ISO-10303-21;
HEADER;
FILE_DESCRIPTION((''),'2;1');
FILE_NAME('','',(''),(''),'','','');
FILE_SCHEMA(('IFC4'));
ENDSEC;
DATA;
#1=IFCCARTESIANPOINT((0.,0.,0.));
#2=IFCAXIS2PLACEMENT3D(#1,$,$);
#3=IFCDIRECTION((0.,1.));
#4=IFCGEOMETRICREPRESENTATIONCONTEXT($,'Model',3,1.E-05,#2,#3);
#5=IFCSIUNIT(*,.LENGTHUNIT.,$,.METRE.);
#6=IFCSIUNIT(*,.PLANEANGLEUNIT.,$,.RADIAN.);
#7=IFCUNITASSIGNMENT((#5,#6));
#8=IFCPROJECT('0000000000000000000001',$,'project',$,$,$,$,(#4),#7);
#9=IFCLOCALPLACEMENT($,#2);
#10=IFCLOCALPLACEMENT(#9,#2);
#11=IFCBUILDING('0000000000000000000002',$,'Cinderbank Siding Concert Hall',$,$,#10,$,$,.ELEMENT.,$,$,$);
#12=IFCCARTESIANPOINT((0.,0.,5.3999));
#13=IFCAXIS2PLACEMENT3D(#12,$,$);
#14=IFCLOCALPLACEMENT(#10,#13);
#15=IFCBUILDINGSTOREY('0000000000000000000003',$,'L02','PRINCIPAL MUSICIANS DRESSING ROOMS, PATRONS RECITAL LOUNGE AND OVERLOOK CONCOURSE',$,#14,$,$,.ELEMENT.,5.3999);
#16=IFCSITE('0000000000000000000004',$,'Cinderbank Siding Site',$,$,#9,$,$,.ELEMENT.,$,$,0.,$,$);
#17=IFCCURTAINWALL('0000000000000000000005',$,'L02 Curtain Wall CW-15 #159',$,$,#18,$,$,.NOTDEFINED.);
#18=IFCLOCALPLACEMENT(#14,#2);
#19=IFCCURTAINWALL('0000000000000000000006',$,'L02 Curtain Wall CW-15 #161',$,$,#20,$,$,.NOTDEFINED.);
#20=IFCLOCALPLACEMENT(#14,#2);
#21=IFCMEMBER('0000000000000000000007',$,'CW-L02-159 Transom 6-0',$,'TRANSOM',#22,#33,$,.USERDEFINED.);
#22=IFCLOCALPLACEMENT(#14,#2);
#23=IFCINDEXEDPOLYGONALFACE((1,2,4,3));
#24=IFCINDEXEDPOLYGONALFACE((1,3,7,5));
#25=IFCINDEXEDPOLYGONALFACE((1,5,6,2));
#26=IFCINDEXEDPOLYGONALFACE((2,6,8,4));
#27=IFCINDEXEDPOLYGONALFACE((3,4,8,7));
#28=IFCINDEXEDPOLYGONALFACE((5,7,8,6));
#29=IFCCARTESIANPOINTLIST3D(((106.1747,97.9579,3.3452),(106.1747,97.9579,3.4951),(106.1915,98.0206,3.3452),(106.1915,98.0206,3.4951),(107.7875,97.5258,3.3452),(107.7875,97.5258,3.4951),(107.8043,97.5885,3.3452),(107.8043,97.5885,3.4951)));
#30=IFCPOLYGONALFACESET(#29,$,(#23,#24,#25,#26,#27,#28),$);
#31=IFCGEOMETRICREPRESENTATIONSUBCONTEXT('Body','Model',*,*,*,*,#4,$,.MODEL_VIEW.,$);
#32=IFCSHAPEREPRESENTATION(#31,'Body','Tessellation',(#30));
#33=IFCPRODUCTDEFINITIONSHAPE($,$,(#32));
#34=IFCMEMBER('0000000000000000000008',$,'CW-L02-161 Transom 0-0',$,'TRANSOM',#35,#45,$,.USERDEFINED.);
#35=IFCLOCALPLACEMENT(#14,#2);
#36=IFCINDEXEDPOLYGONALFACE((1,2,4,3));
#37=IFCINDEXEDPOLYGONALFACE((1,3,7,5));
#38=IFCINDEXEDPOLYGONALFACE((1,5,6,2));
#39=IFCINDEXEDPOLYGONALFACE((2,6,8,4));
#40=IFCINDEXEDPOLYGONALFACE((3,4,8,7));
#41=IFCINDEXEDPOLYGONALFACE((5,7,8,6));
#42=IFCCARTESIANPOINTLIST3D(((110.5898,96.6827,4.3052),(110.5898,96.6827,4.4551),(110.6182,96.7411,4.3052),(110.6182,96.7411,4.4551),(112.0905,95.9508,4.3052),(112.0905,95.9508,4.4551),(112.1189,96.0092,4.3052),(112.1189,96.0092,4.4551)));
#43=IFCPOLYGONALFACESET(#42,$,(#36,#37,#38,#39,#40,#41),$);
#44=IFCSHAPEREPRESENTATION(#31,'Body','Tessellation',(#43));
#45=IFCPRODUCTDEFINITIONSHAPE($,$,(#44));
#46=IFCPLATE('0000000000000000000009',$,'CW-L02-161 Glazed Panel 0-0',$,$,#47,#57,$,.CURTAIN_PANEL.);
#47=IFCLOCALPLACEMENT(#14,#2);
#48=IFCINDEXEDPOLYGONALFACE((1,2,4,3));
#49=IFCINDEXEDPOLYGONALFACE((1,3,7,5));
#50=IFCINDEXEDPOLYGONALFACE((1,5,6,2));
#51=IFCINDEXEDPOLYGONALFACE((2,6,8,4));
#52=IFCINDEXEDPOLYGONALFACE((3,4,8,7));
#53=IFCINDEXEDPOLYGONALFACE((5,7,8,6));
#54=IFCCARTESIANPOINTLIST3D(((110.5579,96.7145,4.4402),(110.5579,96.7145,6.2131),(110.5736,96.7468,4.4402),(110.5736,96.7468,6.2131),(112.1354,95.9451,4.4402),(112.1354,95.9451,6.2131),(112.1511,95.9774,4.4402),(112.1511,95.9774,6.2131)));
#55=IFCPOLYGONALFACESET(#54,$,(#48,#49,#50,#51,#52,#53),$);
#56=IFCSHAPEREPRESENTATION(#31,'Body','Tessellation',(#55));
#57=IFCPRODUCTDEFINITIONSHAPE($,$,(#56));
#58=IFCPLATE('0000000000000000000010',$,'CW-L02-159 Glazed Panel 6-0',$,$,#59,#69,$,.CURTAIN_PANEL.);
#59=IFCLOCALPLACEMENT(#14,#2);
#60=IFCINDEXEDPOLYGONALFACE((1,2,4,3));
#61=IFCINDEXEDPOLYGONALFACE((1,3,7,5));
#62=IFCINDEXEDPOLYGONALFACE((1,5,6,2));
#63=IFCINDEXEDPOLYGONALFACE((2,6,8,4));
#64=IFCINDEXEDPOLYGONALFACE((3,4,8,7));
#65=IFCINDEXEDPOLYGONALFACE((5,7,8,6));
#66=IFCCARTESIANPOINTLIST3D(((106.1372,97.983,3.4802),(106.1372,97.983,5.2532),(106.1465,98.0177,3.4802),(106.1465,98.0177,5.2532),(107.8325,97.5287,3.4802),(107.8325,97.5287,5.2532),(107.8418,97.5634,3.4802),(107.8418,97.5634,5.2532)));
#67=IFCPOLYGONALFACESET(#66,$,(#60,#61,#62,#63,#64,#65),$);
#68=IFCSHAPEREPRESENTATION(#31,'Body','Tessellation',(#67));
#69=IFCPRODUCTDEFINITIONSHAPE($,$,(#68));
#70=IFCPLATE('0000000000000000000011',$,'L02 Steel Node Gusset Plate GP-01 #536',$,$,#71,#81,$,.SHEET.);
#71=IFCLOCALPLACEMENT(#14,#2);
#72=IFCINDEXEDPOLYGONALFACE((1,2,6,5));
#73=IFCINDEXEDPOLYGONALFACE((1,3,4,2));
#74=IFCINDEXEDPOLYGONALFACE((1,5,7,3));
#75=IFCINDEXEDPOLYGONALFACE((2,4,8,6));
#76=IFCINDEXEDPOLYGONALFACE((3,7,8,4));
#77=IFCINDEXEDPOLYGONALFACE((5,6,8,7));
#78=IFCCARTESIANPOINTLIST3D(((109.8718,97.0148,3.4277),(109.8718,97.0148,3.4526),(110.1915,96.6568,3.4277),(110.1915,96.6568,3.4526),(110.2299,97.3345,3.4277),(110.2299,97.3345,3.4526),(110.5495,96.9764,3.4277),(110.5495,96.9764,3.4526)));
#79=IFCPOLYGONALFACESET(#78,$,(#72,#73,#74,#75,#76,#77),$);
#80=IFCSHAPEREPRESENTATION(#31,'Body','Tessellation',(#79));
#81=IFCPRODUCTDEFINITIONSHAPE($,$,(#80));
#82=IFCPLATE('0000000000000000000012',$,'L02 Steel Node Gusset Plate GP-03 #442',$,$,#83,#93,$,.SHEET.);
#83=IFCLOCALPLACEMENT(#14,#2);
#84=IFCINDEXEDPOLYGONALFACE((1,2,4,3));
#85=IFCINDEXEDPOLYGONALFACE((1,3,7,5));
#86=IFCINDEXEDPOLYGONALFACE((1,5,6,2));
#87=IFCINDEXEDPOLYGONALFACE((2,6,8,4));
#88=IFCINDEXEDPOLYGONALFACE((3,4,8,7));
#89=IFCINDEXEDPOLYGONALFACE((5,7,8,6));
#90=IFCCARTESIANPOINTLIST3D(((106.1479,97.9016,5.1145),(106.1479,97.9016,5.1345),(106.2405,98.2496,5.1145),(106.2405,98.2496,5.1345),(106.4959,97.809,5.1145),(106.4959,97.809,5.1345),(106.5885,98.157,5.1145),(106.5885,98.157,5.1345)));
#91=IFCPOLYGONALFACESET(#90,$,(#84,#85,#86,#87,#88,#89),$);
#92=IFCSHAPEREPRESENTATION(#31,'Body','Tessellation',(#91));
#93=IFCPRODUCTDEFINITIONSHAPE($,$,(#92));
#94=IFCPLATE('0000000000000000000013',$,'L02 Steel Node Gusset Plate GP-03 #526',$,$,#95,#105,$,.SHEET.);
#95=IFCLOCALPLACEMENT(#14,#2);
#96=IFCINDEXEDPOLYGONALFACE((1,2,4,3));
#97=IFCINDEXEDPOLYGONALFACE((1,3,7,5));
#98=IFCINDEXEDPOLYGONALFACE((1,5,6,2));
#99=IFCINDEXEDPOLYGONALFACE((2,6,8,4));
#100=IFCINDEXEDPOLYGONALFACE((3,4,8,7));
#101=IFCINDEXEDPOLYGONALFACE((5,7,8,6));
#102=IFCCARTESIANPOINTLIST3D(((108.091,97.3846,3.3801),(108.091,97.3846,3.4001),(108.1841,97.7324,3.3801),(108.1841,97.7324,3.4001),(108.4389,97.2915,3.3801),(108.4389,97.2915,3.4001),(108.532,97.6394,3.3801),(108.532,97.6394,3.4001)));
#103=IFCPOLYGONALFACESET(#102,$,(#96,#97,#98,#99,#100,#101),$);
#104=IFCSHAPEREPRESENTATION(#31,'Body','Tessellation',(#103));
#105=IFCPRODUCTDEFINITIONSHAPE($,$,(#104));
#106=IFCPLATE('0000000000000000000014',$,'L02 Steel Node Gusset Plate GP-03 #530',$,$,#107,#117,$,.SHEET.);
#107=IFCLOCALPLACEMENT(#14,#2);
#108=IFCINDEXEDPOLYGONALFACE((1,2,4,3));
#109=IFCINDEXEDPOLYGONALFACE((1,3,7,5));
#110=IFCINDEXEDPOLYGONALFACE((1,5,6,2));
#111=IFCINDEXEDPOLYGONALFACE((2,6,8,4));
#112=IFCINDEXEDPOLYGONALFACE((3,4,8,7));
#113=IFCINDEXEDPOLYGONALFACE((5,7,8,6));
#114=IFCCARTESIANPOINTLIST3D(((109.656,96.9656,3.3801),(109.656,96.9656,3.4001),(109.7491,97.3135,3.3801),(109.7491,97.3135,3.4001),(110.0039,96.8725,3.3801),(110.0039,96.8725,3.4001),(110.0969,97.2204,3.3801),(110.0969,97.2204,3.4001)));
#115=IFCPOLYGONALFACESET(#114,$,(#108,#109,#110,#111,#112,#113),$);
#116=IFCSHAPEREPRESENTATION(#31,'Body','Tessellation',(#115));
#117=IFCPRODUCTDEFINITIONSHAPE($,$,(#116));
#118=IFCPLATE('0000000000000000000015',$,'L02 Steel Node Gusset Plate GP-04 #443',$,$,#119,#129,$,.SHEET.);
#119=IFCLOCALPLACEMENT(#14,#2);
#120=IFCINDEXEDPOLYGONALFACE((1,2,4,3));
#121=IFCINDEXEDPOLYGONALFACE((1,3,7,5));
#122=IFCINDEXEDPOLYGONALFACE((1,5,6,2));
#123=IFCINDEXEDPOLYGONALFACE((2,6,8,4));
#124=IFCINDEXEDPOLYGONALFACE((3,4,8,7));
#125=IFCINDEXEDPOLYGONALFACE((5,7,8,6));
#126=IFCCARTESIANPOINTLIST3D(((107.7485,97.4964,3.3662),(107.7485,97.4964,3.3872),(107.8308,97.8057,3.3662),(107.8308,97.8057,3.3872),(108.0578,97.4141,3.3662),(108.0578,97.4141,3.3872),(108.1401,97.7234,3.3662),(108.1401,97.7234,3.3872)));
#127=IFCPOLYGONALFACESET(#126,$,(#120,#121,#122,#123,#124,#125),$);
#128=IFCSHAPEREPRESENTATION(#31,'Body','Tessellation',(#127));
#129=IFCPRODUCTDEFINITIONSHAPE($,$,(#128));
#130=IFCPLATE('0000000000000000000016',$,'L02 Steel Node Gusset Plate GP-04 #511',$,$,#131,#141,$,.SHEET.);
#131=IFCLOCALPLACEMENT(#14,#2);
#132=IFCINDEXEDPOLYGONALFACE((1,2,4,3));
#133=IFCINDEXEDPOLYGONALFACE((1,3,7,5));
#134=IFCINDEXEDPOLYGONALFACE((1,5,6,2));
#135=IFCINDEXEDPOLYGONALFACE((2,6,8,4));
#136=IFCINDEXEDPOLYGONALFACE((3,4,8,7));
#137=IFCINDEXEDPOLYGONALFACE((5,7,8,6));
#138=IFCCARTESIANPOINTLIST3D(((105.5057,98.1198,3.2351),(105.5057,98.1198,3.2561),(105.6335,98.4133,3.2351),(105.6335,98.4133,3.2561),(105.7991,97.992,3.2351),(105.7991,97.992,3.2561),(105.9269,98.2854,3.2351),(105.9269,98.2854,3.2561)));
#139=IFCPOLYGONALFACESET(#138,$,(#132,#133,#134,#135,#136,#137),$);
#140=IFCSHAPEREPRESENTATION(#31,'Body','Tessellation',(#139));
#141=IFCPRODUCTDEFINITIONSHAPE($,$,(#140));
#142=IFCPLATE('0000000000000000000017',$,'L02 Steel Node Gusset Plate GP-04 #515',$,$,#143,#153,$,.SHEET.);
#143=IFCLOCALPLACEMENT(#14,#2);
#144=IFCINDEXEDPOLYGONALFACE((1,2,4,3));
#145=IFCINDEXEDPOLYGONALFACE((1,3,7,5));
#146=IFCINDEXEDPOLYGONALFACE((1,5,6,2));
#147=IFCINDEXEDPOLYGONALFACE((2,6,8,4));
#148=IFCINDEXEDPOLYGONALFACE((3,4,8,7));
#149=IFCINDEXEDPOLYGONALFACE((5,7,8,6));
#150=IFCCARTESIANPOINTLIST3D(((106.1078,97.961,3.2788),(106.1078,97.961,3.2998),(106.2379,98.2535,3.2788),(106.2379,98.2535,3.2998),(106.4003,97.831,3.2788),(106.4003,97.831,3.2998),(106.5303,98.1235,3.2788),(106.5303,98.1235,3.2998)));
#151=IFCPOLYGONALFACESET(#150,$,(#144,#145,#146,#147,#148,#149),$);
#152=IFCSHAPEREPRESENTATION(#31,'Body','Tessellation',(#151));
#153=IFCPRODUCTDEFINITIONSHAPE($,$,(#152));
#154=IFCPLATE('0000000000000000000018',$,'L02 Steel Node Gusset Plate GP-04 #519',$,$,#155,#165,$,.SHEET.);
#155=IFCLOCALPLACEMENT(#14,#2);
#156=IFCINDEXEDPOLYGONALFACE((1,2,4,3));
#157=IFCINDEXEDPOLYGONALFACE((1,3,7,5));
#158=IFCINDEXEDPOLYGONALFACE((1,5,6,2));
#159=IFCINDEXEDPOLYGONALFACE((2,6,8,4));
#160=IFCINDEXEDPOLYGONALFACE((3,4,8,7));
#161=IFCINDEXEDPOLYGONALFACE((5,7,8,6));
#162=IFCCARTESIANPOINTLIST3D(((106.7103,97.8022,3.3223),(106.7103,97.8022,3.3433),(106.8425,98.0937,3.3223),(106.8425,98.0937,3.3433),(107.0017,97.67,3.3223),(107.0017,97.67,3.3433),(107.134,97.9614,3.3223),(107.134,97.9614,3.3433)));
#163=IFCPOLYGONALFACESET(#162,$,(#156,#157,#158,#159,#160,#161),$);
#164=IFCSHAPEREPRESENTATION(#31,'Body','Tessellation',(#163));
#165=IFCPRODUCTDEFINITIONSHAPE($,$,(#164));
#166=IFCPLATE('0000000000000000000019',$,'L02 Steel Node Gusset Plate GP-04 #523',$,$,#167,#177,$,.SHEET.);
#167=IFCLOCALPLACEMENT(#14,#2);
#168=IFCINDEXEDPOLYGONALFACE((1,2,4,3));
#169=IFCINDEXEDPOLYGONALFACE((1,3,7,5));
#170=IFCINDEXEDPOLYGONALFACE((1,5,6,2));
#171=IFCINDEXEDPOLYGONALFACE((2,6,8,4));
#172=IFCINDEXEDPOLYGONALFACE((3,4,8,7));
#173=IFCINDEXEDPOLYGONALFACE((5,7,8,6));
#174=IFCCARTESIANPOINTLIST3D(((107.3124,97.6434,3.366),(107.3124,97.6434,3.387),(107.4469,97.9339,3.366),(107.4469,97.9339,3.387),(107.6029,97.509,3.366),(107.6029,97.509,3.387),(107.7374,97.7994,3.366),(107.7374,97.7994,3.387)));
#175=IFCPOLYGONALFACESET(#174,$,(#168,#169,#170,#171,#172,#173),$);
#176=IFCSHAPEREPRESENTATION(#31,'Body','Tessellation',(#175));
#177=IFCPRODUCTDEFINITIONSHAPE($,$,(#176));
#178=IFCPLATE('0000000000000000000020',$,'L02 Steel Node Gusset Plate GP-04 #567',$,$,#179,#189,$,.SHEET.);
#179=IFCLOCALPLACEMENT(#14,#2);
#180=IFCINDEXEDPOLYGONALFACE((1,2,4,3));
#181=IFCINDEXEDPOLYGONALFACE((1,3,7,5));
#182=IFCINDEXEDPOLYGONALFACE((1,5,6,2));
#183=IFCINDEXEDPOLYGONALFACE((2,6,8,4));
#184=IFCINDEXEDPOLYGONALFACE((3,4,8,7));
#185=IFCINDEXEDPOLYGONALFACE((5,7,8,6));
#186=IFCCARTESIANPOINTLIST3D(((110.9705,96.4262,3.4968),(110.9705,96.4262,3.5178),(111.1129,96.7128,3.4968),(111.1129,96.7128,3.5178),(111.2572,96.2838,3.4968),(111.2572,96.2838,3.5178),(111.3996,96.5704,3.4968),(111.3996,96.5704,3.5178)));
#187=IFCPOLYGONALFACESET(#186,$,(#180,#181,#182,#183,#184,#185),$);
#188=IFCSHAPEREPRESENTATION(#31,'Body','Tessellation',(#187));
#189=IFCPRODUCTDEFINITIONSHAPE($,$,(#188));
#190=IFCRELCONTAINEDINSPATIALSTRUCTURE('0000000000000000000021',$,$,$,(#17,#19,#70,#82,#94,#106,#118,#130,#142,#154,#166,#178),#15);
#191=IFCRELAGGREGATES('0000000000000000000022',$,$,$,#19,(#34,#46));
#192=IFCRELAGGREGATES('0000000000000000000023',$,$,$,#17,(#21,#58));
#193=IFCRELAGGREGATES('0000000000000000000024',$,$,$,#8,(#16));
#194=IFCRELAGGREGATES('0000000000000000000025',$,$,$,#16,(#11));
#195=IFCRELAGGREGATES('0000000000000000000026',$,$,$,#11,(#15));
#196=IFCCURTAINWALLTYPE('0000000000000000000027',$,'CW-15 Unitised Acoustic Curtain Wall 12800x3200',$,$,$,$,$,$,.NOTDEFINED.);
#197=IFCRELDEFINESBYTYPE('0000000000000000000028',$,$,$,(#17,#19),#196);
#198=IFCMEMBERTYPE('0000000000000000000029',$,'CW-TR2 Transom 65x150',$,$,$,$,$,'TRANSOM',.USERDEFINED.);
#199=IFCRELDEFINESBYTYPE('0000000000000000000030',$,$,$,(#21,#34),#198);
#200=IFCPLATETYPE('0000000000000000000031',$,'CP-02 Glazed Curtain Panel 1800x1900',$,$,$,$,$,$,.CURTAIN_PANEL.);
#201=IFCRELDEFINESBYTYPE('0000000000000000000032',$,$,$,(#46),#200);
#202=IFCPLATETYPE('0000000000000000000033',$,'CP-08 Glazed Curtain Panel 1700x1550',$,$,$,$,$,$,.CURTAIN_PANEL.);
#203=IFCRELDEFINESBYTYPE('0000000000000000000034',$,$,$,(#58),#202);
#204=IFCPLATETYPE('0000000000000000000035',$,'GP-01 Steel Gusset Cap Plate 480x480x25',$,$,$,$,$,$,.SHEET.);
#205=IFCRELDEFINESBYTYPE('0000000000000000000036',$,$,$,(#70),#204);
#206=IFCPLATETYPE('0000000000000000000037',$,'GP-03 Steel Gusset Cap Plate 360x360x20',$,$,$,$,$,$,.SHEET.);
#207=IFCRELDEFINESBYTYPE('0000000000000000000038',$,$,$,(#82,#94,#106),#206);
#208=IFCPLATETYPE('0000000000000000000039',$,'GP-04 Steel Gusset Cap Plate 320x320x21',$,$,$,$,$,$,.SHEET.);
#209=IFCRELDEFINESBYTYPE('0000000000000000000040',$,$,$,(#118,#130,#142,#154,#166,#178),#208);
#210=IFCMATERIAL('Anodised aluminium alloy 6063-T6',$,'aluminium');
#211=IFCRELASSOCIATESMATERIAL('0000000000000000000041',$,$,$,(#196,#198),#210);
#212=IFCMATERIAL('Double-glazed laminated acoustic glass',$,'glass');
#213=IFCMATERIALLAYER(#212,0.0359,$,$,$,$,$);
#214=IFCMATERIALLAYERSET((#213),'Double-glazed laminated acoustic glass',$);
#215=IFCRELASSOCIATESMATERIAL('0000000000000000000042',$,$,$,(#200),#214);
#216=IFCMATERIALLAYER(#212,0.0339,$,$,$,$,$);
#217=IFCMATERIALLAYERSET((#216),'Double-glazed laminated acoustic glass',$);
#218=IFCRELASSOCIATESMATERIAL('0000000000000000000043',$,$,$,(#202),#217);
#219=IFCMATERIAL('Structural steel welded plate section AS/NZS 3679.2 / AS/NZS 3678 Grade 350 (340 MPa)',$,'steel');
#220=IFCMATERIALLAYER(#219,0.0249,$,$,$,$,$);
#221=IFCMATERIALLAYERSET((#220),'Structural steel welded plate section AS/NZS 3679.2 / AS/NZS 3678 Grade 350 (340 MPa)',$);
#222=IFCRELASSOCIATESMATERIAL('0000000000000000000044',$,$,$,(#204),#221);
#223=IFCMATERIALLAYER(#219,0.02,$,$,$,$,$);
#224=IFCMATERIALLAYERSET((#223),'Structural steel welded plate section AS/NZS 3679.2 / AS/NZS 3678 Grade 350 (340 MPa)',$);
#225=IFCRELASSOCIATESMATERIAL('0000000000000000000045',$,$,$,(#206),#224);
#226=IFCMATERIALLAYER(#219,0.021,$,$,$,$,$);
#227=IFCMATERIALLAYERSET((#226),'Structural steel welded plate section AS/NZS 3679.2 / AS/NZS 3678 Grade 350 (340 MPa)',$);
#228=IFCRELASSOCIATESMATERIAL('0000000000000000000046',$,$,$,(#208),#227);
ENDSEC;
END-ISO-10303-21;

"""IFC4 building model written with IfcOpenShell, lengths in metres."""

from ifc_helpers import new_model, si_unit, direction, frame, origin, origin_2d, place, context, subcontext, project, spatial, rectangle, extrude, material, layer, layer_set, material_profile, profile_set, type_object, element, aggregate, save


model = new_model("IFC4")

# Units and contexts
model_context = context("Model", 3, precision=1e-05, world=origin(), true_north=direction((0.0, 1.0)))
body_context = subcontext(model_context, "Body", "Model", "MODEL_VIEW")
ifc_project = project(units=[si_unit("LENGTHUNIT", "METRE"), si_unit("PLANEANGLEUNIT", "RADIAN")], contexts=[model_context])

# Site, building, storey
site_placement = place(None, origin())
site = spatial("IfcSite", under=ifc_project, at=site_placement, Name="Cinderbank Siding Site", CompositionType="ELEMENT", RefElevation=0.0)
building_placement = place(site_placement, origin())
building = spatial("IfcBuilding", under=site, at=building_placement, Name="Cinderbank Siding Concert Hall", CompositionType="ELEMENT")
storey_placement = place(building_placement, frame((0.0, 0.0, 5.3999)))
storey = spatial("IfcBuildingStorey", under=building, at=storey_placement, Name="L02", Description="PRINCIPAL MUSICIANS DRESSING ROOMS, PATRONS RECITAL LOUNGE AND OVERLOOK CONCOURSE", CompositionType="ELEMENT", Elevation=5.3999)

# Shared definitions
ifc_material_1 = material(Name="Structural steel welded plate section AS/NZS 3679.2 / AS/NZS 3678 Grade 350 (340 MPa)", Category="steel")

# Curtain wall
ifc_material_2 = material(Name="Anodised aluminium alloy 6063-T6", Category="aluminium")
curtain_wall_type = type_object("IfcCurtainWallType", Name="CW-15 Unitised Acoustic Curtain Wall 12800x3200", PredefinedType="NOTDEFINED", material=ifc_material_2)
curtain_wall_1_placement = place(storey_placement, origin())
curtain_wall_1 = element("IfcCurtainWall", 1, at=curtain_wall_1_placement, inside=storey, type_object=curtain_wall_type, Name="L02 Curtain Wall CW-15 #159", PredefinedType="NOTDEFINED")

# Curtain wall
curtain_wall_2_placement = place(storey_placement, origin())
curtain_wall_2 = element("IfcCurtainWall", 2, at=curtain_wall_2_placement, inside=storey, type_object=curtain_wall_type, Name="L02 Curtain Wall CW-15 #161", PredefinedType="NOTDEFINED")

# Members
ifc_material_profile_1 = material_profile(ifc_material_2, rectangle(XDim=0.0649, YDim=0.1499, at=origin_2d()), Name="ALU-TRAN-65x150", Category="LoadBearing")
ifc_profile_set_1 = profile_set([ifc_material_profile_1], Name="Anodised aluminium alloy 6063-T6")
member_type_1 = type_object("IfcMemberType", Name="CW-TR2 Transom 65x150", ElementType="TRANSOM", PredefinedType="USERDEFINED", material=ifc_profile_set_1)
member_1_placement = place(storey_placement, frame((106.1831, 97.9893, 3.4202), z_axis=(0.965928, -0.258809, 0.0), x_axis=(0.258809, 0.965928, 0.0)))
member_1 = element("IfcMember", 3, at=member_1_placement, type_object=member_type_1, Name="CW-L02-159 Transom 6-0", ObjectType="TRANSOM", PredefinedType="USERDEFINED", context=body_context, shape_type="SweptSolid", body=[
    extrude(rectangle(XDim=0.0649, YDim=0.1499, at=origin_2d()), origin(), (0.0, 0.0, 1.0), 1.6697),
])
member_2_placement = place(storey_placement, frame((110.604, 96.7119, 4.3801), z_axis=(0.898799, -0.43836, 0.0), x_axis=(0.43836, 0.898799, 0.0)))
member_2 = element("IfcMember", 4, at=member_2_placement, type_object=member_type_1, Name="CW-L02-161 Transom 0-0", ObjectType="TRANSOM", PredefinedType="USERDEFINED", context=body_context, shape_type="SweptSolid", body=[
    extrude(rectangle(XDim=0.0649, YDim=0.1499, at=origin_2d()), origin(), (0.0, 0.0, 1.0), 1.6697),
])

# Plates
ifc_material_3 = material(Name="Double-glazed laminated acoustic glass", Category="glass")
ifc_layer_1 = layer(ifc_material_3, 0.0359)
ifc_layer_set_1 = layer_set([ifc_layer_1], Name="Double-glazed laminated acoustic glass")
plate_type_1 = type_object("IfcPlateType", Name="CP-02 Glazed Curtain Panel 1800x1900", PredefinedType="CURTAIN_PANEL", material=ifc_layer_set_1)
plate_1_placement = place(storey_placement, frame((111.3545, 96.3459, 4.4402), z_axis=(0.0, 0.0, 1.0), x_axis=(0.898794, -0.43837, 0.0)))
plate_1 = element("IfcPlate", 5, at=plate_1_placement, type_object=plate_type_1, Name="CW-L02-161 Glazed Panel 0-0", PredefinedType="CURTAIN_PANEL", context=body_context, shape_type="SweptSolid", body=[
    extrude(rectangle(XDim=1.7551, YDim=0.0359, at=origin_2d()), origin(), (0.0, 0.0, 1.0), 1.7729),
])
aggregate(curtain_wall_2, [member_2, plate_1])
ifc_layer_2 = layer(ifc_material_3, 0.0339)
ifc_layer_set_2 = layer_set([ifc_layer_2], Name="Double-glazed laminated acoustic glass")
plate_type_2 = type_object("IfcPlateType", Name="CP-08 Glazed Curtain Panel 1700x1550", PredefinedType="CURTAIN_PANEL", material=ifc_layer_set_2)
plate_2_placement = place(storey_placement, frame((106.9895, 97.7732, 3.4802), z_axis=(0.0, 0.0, 1.0), x_axis=(0.965926, -0.258818, 0.0)))
plate_2 = element("IfcPlate", 6, at=plate_2_placement, type_object=plate_type_2, Name="CW-L02-159 Glazed Panel 6-0", PredefinedType="CURTAIN_PANEL", context=body_context, shape_type="SweptSolid", body=[
    extrude(rectangle(XDim=1.7551, YDim=0.0359, at=origin_2d()), origin(), (0.0, 0.0, 1.0), 1.7729),
])
aggregate(curtain_wall_1, [member_1, plate_2])

# Plates
ifc_layer_3 = layer(ifc_material_1, 0.0249)
ifc_layer_set_3 = layer_set([ifc_layer_3], Name="Structural steel welded plate section AS/NZS 3679.2 / AS/NZS 3678 Grade 350 (340 MPa)")
plate_type_3 = type_object("IfcPlateType", Name="GP-01 Steel Gusset Cap Plate 480x480x25", PredefinedType="SHEET", material=ifc_layer_set_3)
plate_3_placement = place(storey_placement, frame((110.2107, 96.9956, 3.4277), z_axis=(0.0, 0.0, 1.0), x_axis=(0.745941, 0.666012, 0.0)))
element("IfcPlate", 7, at=plate_3_placement, inside=storey, type_object=plate_type_3, Name="L02 Steel Node Gusset Plate GP-01 #536", PredefinedType="SHEET", context=body_context, shape_type="SweptSolid", body=[
    extrude(rectangle(XDim=0.48, YDim=0.48, at=origin_2d()), origin(), (0.0, 0.0, 1.0), 0.0249),
])
ifc_layer_4 = layer(ifc_material_1, 0.02)
ifc_layer_set_4 = layer_set([ifc_layer_4], Name="Structural steel welded plate section AS/NZS 3679.2 / AS/NZS 3678 Grade 350 (340 MPa)")
plate_type_4 = type_object("IfcPlateType", Name="GP-03 Steel Gusset Cap Plate 360x360x20", PredefinedType="SHEET", material=ifc_layer_set_4)
for number, where, z_axis, x_axis, name in (
    (8, (106.3682, 98.0293, 5.1145), (0.0, 0.0, 1.0), (0.966376, -0.257133, 0.0), "L02 Steel Node Gusset Plate GP-03 #442"),
    (9, (108.3115, 97.512, 3.3801), (0.0, 0.0, 1.0), (0.966016, -0.258482, 0.0), "L02 Steel Node Gusset Plate GP-03 #526"),
    (10, (109.8765, 97.093, 3.3801), (0.0, 0.0, 1.0), (0.966016, -0.258482, 0.0), "L02 Steel Node Gusset Plate GP-03 #530"),
):
    element("IfcPlate", number, at=place(storey_placement, frame(where, z_axis=z_axis, x_axis=x_axis)), inside=storey, type_object=plate_type_4, Name=name, PredefinedType="SHEET", context=body_context, shape_type="SweptSolid", body=[
        extrude(rectangle(XDim=0.3601, YDim=0.3601, at=origin_2d()), origin(), (0.0, 0.0, 1.0), 0.02),
    ])
ifc_layer_5 = layer(ifc_material_1, 0.021)
ifc_layer_set_5 = layer_set([ifc_layer_5], Name="Structural steel welded plate section AS/NZS 3679.2 / AS/NZS 3678 Grade 350 (340 MPa)")
plate_type_5 = type_object("IfcPlateType", Name="GP-04 Steel Gusset Cap Plate 320x320x21", PredefinedType="SHEET", material=ifc_layer_set_5)
for number, where, z_axis, x_axis, name in (
    (11, (107.9443, 97.6099, 3.3662), (0.0, 0.0, 1.0), (0.966376, -0.257133, 0.0), "L02 Steel Node Gusset Plate GP-04 #443"),
    (12, (105.7163, 98.2026, 3.2351), (0.0, 0.0, 1.0), (0.399389, 0.916781, 0.0), "L02 Steel Node Gusset Plate GP-04 #511"),
    (13, (106.3191, 98.0422, 3.2788), (0.0, 0.0, 1.0), (0.406258, 0.913758, 0.0), "L02 Steel Node Gusset Plate GP-04 #515"),
    (14, (106.9221, 97.8818, 3.3223), (0.0, 0.0, 1.0), (0.413263, 0.910612, 0.0), "L02 Steel Node Gusset Plate GP-04 #519"),
    (15, (107.5249, 97.7214, 3.366), (0.0, 0.0, 1.0), (0.420086, 0.907484, 0.0), "L02 Steel Node Gusset Plate GP-04 #523"),
    (16, (111.1851, 96.4983, 3.4968), (0.0, 0.0, 1.0), (0.444948, 0.895556, 0.0), "L02 Steel Node Gusset Plate GP-04 #567"),
):
    element("IfcPlate", number, at=place(storey_placement, frame(where, z_axis=z_axis, x_axis=x_axis)), inside=storey, type_object=plate_type_5, Name=name, PredefinedType="SHEET", context=body_context, shape_type="SweptSolid", body=[
        extrude(rectangle(XDim=0.3201, YDim=0.3201, at=origin_2d()), origin(), (0.0, 0.0, 1.0), 0.021),
    ])

save(model, "model.ifc")
